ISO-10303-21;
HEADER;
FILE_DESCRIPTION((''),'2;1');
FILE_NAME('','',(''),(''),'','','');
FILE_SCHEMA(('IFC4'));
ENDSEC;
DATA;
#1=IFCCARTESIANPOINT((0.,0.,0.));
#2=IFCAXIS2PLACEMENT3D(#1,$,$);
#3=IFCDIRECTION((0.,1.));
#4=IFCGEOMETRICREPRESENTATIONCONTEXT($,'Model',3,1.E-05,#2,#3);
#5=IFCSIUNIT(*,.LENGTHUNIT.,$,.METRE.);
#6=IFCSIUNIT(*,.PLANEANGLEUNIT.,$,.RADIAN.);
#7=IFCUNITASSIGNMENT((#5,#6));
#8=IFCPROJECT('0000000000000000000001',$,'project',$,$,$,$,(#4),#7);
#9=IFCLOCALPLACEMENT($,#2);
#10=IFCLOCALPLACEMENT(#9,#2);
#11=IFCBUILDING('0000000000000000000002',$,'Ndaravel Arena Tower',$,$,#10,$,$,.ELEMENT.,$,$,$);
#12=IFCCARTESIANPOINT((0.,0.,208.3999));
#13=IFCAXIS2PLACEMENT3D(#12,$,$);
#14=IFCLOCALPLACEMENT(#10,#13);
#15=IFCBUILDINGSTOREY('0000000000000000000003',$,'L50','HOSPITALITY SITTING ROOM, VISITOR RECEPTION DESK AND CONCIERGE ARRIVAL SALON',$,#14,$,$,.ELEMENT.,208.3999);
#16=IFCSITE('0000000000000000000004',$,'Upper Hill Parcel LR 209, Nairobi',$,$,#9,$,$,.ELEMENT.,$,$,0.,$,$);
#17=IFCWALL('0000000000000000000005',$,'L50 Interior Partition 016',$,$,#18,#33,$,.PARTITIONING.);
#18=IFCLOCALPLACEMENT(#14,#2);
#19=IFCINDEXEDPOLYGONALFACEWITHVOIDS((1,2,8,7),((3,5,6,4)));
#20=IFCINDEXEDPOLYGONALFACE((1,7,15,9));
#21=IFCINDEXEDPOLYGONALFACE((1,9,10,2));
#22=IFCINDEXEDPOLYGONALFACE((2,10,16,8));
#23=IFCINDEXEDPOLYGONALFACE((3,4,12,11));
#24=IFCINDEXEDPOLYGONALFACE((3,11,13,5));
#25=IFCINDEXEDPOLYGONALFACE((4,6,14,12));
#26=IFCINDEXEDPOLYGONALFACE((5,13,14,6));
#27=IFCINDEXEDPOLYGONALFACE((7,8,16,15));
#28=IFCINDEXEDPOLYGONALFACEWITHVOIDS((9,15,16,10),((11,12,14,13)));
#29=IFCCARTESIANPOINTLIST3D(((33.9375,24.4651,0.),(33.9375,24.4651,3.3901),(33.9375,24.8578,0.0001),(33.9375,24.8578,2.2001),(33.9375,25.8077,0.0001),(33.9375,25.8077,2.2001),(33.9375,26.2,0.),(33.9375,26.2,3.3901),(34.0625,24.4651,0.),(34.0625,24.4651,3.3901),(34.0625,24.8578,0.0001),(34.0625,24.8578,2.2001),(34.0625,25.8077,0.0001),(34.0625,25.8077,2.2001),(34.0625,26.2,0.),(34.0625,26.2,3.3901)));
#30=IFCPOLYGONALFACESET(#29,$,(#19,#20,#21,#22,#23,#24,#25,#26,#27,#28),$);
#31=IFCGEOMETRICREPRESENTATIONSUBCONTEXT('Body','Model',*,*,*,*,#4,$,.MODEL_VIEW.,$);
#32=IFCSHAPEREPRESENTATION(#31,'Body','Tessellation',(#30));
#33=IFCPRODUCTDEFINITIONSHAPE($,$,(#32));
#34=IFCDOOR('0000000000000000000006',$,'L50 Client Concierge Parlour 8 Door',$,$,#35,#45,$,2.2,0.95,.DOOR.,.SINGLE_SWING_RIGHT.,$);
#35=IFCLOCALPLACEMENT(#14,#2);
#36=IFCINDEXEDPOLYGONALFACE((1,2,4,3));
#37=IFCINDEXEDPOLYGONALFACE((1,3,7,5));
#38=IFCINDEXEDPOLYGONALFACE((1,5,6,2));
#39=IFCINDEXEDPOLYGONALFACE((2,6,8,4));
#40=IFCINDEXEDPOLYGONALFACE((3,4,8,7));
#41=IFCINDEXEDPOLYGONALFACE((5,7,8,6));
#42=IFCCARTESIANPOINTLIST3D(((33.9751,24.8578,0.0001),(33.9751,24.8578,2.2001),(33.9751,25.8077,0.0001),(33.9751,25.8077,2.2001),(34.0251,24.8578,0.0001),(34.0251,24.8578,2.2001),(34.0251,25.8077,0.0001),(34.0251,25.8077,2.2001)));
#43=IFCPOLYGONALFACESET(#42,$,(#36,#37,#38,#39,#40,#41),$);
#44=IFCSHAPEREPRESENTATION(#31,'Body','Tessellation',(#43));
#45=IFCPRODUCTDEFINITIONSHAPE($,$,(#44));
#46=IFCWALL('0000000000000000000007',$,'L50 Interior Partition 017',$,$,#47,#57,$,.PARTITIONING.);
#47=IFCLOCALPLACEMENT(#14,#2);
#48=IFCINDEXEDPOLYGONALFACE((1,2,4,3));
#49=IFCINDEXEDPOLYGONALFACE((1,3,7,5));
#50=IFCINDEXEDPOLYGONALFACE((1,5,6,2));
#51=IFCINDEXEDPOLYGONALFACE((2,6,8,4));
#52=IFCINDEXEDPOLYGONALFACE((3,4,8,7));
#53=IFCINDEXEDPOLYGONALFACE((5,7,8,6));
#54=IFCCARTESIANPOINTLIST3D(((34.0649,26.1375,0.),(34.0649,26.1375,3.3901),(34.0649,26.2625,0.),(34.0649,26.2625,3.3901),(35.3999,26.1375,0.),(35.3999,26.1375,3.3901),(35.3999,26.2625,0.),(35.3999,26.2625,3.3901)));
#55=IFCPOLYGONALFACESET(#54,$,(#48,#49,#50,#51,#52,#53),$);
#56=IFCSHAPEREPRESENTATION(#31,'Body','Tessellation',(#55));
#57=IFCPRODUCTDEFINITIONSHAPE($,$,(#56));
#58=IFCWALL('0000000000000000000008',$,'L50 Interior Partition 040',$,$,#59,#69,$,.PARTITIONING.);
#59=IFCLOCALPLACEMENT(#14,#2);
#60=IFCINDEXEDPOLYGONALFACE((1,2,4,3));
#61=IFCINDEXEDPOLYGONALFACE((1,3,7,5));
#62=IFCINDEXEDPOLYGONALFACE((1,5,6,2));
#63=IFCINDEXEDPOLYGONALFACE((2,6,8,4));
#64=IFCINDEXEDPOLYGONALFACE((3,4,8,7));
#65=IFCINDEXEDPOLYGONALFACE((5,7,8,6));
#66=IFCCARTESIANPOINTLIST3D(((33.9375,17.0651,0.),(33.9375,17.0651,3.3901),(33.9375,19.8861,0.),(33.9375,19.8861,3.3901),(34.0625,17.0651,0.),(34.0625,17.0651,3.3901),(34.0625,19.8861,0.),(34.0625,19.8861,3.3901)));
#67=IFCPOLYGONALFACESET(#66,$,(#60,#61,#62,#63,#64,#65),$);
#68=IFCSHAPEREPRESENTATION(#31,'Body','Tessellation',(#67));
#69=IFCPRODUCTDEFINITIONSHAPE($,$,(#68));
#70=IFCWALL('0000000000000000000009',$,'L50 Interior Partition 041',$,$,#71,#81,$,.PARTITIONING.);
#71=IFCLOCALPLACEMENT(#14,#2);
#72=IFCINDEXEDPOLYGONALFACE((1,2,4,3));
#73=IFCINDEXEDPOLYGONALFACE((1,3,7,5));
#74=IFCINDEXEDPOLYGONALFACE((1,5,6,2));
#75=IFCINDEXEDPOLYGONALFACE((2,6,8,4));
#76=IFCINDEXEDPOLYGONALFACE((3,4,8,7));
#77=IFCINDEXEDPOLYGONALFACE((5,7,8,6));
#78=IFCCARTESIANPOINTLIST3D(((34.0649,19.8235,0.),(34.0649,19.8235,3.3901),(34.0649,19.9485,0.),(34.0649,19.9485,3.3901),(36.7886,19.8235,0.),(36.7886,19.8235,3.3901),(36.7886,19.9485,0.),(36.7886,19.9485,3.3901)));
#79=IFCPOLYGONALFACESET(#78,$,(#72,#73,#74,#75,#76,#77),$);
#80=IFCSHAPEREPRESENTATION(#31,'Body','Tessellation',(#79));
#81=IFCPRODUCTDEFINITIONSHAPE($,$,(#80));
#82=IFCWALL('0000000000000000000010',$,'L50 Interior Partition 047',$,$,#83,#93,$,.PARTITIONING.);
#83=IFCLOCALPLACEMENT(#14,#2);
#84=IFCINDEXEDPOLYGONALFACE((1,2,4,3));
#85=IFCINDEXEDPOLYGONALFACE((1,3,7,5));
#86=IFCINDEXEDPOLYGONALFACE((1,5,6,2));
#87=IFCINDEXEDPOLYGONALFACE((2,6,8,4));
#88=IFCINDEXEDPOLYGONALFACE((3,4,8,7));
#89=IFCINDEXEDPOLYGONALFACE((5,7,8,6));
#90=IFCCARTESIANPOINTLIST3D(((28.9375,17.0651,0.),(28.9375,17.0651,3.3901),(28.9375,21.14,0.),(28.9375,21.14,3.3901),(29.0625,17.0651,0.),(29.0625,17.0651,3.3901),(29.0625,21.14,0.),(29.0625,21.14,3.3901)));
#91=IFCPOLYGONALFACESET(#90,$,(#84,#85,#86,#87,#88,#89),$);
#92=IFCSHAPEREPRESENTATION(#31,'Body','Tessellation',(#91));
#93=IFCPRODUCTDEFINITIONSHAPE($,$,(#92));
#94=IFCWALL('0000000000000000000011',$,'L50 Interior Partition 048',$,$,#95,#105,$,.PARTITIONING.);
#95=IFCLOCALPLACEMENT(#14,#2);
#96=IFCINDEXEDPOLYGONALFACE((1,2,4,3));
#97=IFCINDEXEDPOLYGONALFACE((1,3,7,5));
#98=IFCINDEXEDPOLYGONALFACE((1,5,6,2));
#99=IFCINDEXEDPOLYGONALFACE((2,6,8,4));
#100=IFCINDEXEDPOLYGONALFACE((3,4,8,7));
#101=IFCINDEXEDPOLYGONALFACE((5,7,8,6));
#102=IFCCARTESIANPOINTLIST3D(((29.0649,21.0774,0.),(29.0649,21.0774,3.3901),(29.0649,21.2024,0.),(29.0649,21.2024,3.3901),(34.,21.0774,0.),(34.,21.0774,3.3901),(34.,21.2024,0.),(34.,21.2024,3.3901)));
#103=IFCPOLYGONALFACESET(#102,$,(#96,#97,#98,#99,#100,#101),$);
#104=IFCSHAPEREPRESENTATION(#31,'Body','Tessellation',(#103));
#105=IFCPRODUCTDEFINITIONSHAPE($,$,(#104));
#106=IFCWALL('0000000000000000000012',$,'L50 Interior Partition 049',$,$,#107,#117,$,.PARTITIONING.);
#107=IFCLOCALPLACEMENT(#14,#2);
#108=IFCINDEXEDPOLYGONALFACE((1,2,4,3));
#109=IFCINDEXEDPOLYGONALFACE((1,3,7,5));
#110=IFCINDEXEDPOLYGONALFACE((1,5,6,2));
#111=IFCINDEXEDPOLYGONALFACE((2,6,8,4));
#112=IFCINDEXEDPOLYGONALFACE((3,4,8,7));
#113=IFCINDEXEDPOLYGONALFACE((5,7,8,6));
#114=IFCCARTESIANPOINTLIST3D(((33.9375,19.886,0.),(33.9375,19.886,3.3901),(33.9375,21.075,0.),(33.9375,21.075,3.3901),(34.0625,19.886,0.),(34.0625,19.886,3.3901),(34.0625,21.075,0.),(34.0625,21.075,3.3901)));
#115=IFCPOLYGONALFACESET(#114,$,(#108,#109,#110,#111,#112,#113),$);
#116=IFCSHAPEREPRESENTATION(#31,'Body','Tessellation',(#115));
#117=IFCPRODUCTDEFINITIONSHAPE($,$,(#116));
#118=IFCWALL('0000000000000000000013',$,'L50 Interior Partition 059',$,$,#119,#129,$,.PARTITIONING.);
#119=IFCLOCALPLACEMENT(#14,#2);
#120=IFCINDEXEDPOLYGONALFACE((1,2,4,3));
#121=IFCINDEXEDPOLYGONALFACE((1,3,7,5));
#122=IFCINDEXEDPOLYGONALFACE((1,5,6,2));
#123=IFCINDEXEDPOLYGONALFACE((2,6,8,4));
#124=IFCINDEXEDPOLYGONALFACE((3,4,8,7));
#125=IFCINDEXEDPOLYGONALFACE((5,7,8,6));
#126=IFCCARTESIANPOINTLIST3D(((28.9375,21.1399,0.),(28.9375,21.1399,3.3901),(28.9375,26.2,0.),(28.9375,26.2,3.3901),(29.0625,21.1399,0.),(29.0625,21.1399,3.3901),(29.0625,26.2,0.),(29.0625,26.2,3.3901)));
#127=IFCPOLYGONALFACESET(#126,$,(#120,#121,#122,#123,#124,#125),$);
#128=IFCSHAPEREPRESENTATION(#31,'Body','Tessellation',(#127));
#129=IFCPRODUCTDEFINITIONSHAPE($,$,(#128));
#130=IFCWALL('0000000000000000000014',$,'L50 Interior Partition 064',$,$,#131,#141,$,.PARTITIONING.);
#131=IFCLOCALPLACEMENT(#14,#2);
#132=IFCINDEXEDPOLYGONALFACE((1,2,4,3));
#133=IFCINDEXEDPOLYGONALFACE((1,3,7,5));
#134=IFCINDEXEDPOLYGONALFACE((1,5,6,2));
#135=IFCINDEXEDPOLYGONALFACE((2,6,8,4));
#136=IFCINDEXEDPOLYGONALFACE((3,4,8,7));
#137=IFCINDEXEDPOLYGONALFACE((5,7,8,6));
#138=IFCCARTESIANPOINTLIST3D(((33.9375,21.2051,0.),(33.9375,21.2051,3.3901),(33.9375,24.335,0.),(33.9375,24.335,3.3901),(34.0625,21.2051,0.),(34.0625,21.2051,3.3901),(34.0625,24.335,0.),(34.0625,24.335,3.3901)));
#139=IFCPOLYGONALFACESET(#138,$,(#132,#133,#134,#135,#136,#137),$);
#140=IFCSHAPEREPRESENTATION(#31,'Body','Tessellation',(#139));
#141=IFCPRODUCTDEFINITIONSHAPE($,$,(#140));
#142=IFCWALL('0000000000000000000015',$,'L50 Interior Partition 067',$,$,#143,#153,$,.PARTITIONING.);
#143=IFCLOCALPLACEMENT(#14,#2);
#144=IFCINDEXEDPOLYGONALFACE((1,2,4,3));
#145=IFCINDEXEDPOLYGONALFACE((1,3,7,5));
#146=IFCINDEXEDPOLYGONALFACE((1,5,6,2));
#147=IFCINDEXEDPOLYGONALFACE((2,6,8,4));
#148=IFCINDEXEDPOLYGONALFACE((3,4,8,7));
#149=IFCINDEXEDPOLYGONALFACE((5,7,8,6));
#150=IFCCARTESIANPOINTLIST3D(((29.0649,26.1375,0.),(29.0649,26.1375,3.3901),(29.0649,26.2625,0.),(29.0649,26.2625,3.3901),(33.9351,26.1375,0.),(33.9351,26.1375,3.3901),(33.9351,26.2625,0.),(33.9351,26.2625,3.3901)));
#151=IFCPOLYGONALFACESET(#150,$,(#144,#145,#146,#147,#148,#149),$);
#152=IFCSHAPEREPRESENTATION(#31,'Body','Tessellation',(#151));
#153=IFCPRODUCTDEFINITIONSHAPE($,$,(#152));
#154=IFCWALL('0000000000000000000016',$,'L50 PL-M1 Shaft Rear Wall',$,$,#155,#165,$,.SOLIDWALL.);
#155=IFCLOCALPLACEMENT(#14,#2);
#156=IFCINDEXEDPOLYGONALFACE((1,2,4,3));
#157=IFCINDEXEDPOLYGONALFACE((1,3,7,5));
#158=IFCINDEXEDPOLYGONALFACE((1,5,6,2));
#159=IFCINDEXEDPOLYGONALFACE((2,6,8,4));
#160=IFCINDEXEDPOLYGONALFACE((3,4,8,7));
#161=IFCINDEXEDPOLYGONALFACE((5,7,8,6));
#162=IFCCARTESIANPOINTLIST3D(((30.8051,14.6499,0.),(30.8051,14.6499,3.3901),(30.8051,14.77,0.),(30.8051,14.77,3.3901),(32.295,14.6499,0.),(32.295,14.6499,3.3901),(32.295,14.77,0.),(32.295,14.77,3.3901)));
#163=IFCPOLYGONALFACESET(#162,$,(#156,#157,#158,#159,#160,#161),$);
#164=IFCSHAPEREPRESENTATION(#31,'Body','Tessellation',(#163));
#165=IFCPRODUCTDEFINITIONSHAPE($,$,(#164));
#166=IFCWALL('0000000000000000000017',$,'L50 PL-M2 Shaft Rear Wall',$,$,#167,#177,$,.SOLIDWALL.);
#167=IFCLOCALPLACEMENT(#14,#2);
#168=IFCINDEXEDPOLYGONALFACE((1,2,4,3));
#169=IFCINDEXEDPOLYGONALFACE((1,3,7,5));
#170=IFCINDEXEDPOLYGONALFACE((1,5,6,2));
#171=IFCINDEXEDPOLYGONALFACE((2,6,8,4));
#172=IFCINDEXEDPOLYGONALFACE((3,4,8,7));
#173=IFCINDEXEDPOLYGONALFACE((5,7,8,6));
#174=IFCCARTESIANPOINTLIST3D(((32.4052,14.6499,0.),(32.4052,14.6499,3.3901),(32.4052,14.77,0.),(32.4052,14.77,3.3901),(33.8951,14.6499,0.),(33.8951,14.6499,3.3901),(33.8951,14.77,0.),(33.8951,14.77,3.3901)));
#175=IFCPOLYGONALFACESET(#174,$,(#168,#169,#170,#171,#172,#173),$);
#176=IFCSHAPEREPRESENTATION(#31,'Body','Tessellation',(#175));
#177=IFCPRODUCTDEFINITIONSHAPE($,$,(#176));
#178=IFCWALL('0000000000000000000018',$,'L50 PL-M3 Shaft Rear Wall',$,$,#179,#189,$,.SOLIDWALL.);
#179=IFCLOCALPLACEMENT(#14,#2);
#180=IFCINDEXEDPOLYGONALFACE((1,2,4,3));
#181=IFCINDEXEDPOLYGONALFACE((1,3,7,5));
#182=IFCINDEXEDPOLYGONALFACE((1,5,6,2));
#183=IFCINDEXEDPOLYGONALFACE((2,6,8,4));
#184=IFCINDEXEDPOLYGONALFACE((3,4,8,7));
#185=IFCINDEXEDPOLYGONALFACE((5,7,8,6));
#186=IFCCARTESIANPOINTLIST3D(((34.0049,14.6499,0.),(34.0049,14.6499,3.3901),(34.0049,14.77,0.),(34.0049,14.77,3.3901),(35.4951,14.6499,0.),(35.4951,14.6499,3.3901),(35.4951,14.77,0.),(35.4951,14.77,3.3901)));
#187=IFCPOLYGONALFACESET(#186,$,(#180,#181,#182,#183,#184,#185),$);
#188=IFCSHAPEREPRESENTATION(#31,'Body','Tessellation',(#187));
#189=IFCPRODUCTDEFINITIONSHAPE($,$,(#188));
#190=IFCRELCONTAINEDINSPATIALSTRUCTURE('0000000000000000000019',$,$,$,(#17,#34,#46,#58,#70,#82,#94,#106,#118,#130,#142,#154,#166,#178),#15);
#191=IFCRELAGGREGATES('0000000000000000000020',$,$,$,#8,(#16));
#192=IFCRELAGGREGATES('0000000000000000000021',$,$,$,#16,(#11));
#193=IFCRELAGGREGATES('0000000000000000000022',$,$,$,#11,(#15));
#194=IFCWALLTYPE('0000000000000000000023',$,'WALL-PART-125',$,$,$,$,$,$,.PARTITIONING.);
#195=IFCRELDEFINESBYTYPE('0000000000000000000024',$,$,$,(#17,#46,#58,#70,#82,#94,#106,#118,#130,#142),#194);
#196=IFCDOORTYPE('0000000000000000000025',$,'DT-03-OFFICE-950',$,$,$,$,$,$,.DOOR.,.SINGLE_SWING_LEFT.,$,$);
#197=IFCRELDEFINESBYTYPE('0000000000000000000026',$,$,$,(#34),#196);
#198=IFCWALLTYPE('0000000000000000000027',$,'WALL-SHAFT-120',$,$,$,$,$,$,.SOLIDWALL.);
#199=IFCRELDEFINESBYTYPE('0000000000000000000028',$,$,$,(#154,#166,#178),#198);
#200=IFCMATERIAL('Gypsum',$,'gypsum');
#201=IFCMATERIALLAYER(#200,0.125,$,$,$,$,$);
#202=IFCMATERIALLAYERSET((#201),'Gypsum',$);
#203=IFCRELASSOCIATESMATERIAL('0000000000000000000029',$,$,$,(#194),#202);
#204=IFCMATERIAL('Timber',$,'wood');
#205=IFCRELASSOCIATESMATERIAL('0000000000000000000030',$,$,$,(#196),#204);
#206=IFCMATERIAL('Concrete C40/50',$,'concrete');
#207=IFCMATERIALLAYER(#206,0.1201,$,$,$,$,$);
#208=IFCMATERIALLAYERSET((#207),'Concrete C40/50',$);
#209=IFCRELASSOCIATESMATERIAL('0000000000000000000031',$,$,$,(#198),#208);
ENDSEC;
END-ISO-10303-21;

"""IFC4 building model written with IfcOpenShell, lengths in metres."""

from ifc_helpers import new_model, si_unit, direction, frame, frame_2d, origin, place, context, subcontext, project, spatial, rectangle, extrude, material, layer, layer_set, type_object, element, fill, save


model = new_model("IFC4")

# Units and contexts
model_context = context("Model", 3, precision=1e-05, world=origin(), true_north=direction((0.0, 1.0)))
body_context = subcontext(model_context, "Body", "Model", "MODEL_VIEW")
ifc_project = project(units=[si_unit("LENGTHUNIT", "METRE"), si_unit("PLANEANGLEUNIT", "RADIAN")], contexts=[model_context])

# Site, building, storey
site_placement = place(None, origin())
site = spatial("IfcSite", under=ifc_project, at=site_placement, Name="Upper Hill Parcel LR 209, Nairobi", CompositionType="ELEMENT", RefElevation=0.0)
building_placement = place(site_placement, origin())
building = spatial("IfcBuilding", under=site, at=building_placement, Name="Ndaravel Arena Tower", CompositionType="ELEMENT")
storey_placement = place(building_placement, frame((0.0, 0.0, 208.3999)))
storey = spatial("IfcBuildingStorey", under=building, at=storey_placement, Name="L50", Description="HOSPITALITY SITTING ROOM, VISITOR RECEPTION DESK AND CONCIERGE ARRIVAL SALON", CompositionType="ELEMENT", Elevation=208.3999)

# Shared definitions
ifc_material_1 = material(Name="Gypsum", Category="gypsum")
ifc_layer_1 = layer(ifc_material_1, 0.125)
ifc_layer_set_1 = layer_set([ifc_layer_1], Name="Gypsum")
wall_type_1 = type_object("IfcWallType", Name="WALL-PART-125", PredefinedType="PARTITIONING", material=ifc_layer_set_1)
ifc_material_2 = material(Name="Timber", Category="wood")
door_type_1 = type_object("IfcDoorType", Name="DT-03-OFFICE-950", OperationType="SINGLE_SWING_LEFT", PredefinedType="DOOR", material=ifc_material_2)

# Wall, opening, door
wall_1_placement = place(storey_placement, frame((34.0, 24.4651, 0.0), z_axis=(0.0, 0.0, 1.0), x_axis=(0.0, 1.0, 0.0)))
wall_1 = element("IfcWall", 1, at=wall_1_placement, inside=storey, type_object=wall_type_1, Name="L50 Interior Partition 016", PredefinedType="PARTITIONING", context=body_context, shape_type="SweptSolid", body=[
    extrude(rectangle(XDim=1.7349, YDim=0.125, at=frame_2d((0.8674, 0.0))), origin(), (0.0, 0.0, 1.0), 3.3901),
])
opening_1_placement = place(wall_1_placement, frame((0.3926, 0.0, 0.0)))
opening_1 = element("IfcOpeningElement", 2, at=opening_1_placement, cuts=wall_1, PredefinedType="OPENING", context=body_context, shape_type="SweptSolid", body=[
    extrude(rectangle(XDim=0.95, YDim=2.2, at=frame_2d((0.4751, 1.1001))), frame((0.0, 0.0625, 0.0), z_axis=(0.0, -1.0, 0.0), x_axis=(1.0, 0.0, 0.0)), (0.0, 0.0, 1.0), 0.125),
])
door_1_placement = place(opening_1_placement, origin())
door_1 = element("IfcDoor", 3, at=door_1_placement, inside=storey, type_object=door_type_1, Name="L50 Client Concierge Parlour 8 Door", OperationType="SINGLE_SWING_RIGHT", OverallHeight=2.2, OverallWidth=0.95, PredefinedType="DOOR", context=body_context, shape_type="SweptSolid", body=[
    extrude(rectangle(XDim=0.95, YDim=2.2, at=frame_2d((0.4751, 1.1001))), frame((0.0, 0.0249, 0.0), z_axis=(0.0, -1.0, 0.0), x_axis=(1.0, 0.0, 0.0)), (0.0, 0.0, 1.0), 0.05),
])
fill(opening_1, door_1)

# Walls
wall_2_placement = place(storey_placement, frame((34.0649, 26.2, 0.0), z_axis=(0.0, 0.0, 1.0), x_axis=(1.0, 0.0, 0.0)))
element("IfcWall", 4, at=wall_2_placement, inside=storey, type_object=wall_type_1, Name="L50 Interior Partition 017", PredefinedType="PARTITIONING", context=body_context, shape_type="SweptSolid", body=[
    extrude(rectangle(XDim=1.335, YDim=0.125, at=frame_2d((0.6675, 0.0))), origin(), (0.0, 0.0, 1.0), 3.3901),
])
wall_3_placement = place(storey_placement, frame((34.0, 17.0649, 0.0), z_axis=(0.0, 0.0, 1.0), x_axis=(0.0, 1.0, 0.0)))
element("IfcWall", 5, at=wall_3_placement, inside=storey, type_object=wall_type_1, Name="L50 Interior Partition 040", PredefinedType="PARTITIONING", context=body_context, shape_type="SweptSolid", body=[
    extrude(rectangle(XDim=2.821, YDim=0.125, at=frame_2d((1.4106, 0.0))), origin(), (0.0, 0.0, 1.0), 3.3901),
])
wall_4_placement = place(storey_placement, frame((34.0649, 19.886, 0.0), z_axis=(0.0, 0.0, 1.0), x_axis=(1.0, 0.0, 0.0)))
element("IfcWall", 6, at=wall_4_placement, inside=storey, type_object=wall_type_1, Name="L50 Interior Partition 041", PredefinedType="PARTITIONING", context=body_context, shape_type="SweptSolid", body=[
    extrude(rectangle(XDim=2.7236, YDim=0.125, at=frame_2d((1.3618, 0.0))), origin(), (0.0, 0.0, 1.0), 3.3901),
])
wall_5_placement = place(storey_placement, frame((29.0, 17.0649, 0.0), z_axis=(0.0, 0.0, 1.0), x_axis=(0.0, 1.0, 0.0)))
element("IfcWall", 7, at=wall_5_placement, inside=storey, type_object=wall_type_1, Name="L50 Interior Partition 047", PredefinedType="PARTITIONING", context=body_context, shape_type="SweptSolid", body=[
    extrude(rectangle(XDim=4.075, YDim=0.125, at=frame_2d((2.0376, 0.0))), origin(), (0.0, 0.0, 1.0), 3.3901),
])
wall_6_placement = place(storey_placement, frame((29.0649, 21.1399, 0.0), z_axis=(0.0, 0.0, 1.0), x_axis=(1.0, 0.0, 0.0)))
element("IfcWall", 8, at=wall_6_placement, inside=storey, type_object=wall_type_1, Name="L50 Interior Partition 048", PredefinedType="PARTITIONING", context=body_context, shape_type="SweptSolid", body=[
    extrude(rectangle(XDim=4.9351, YDim=0.125, at=frame_2d((2.4675, 0.0))), origin(), (0.0, 0.0, 1.0), 3.3901),
])
wall_7_placement = place(storey_placement, frame((34.0, 21.075, 0.0), z_axis=(0.0, 0.0, 1.0), x_axis=(0.0, -1.0, 0.0)))
element("IfcWall", 9, at=wall_7_placement, inside=storey, type_object=wall_type_1, Name="L50 Interior Partition 049", PredefinedType="PARTITIONING", context=body_context, shape_type="SweptSolid", body=[
    extrude(rectangle(XDim=1.189, YDim=0.125, at=frame_2d((0.5945, 0.0))), origin(), (0.0, 0.0, 1.0), 3.3901),
])
wall_8_placement = place(storey_placement, frame((29.0, 26.2, 0.0), z_axis=(0.0, 0.0, 1.0), x_axis=(0.0, -1.0, 0.0)))
element("IfcWall", 10, at=wall_8_placement, inside=storey, type_object=wall_type_1, Name="L50 Interior Partition 059", PredefinedType="PARTITIONING", context=body_context, shape_type="SweptSolid", body=[
    extrude(rectangle(XDim=5.0601, YDim=0.125, at=frame_2d((2.53, 0.0))), origin(), (0.0, 0.0, 1.0), 3.3901),
])
wall_9_placement = place(storey_placement, frame((34.0, 21.2051, 0.0), z_axis=(0.0, 0.0, 1.0), x_axis=(0.0, 1.0, 0.0)))
element("IfcWall", 11, at=wall_9_placement, inside=storey, type_object=wall_type_1, Name="L50 Interior Partition 064", PredefinedType="PARTITIONING", context=body_context, shape_type="SweptSolid", body=[
    extrude(rectangle(XDim=3.1299, YDim=0.125, at=frame_2d((1.5649, 0.0))), origin(), (0.0, 0.0, 1.0), 3.3901),
])
wall_10_placement = place(storey_placement, frame((29.0649, 26.2, 0.0), z_axis=(0.0, 0.0, 1.0), x_axis=(1.0, 0.0, 0.0)))
element("IfcWall", 12, at=wall_10_placement, inside=storey, type_object=wall_type_1, Name="L50 Interior Partition 067", PredefinedType="PARTITIONING", context=body_context, shape_type="SweptSolid", body=[
    extrude(rectangle(XDim=4.8701, YDim=0.125, at=frame_2d((2.4351, 0.0))), origin(), (0.0, 0.0, 1.0), 3.3901),
])
ifc_material_3 = material(Name="Concrete C40/50", Category="concrete")
ifc_layer_2 = layer(ifc_material_3, 0.1201)
ifc_layer_set_2 = layer_set([ifc_layer_2], Name="Concrete C40/50")
wall_type_2 = type_object("IfcWallType", Name="WALL-SHAFT-120", PredefinedType="SOLIDWALL", material=ifc_layer_set_2)
for number, where, z_axis, x_axis, name in (
    (13, (30.8049, 14.71, 0.0), (0.0, 0.0, 1.0), (1.0, 0.0, 0.0), "L50 PL-M1 Shaft Rear Wall"),
    (14, (32.405, 14.71, 0.0), (0.0, 0.0, 1.0), (1.0, 0.0, 0.0), "L50 PL-M2 Shaft Rear Wall"),
):
    element("IfcWall", number, at=place(storey_placement, frame(where, z_axis=z_axis, x_axis=x_axis)), inside=storey, type_object=wall_type_2, Name=name, PredefinedType="SOLIDWALL", context=body_context, shape_type="SweptSolid", body=[
        extrude(rectangle(XDim=1.49, YDim=0.1201, at=frame_2d((0.7451, 0.0))), origin(), (0.0, 0.0, 1.0), 3.3901),
    ])
wall_11_placement = place(storey_placement, frame((34.0049, 14.71, 0.0), z_axis=(0.0, 0.0, 1.0), x_axis=(1.0, 0.0, 0.0)))
element("IfcWall", 15, at=wall_11_placement, inside=storey, type_object=wall_type_2, Name="L50 PL-M3 Shaft Rear Wall", PredefinedType="SOLIDWALL", context=body_context, shape_type="SweptSolid", body=[
    extrude(rectangle(XDim=1.4902, YDim=0.1201, at=frame_2d((0.7451, 0.0))), origin(), (0.0, 0.0, 1.0), 3.3901),
])

save(model, "model.ifc")
